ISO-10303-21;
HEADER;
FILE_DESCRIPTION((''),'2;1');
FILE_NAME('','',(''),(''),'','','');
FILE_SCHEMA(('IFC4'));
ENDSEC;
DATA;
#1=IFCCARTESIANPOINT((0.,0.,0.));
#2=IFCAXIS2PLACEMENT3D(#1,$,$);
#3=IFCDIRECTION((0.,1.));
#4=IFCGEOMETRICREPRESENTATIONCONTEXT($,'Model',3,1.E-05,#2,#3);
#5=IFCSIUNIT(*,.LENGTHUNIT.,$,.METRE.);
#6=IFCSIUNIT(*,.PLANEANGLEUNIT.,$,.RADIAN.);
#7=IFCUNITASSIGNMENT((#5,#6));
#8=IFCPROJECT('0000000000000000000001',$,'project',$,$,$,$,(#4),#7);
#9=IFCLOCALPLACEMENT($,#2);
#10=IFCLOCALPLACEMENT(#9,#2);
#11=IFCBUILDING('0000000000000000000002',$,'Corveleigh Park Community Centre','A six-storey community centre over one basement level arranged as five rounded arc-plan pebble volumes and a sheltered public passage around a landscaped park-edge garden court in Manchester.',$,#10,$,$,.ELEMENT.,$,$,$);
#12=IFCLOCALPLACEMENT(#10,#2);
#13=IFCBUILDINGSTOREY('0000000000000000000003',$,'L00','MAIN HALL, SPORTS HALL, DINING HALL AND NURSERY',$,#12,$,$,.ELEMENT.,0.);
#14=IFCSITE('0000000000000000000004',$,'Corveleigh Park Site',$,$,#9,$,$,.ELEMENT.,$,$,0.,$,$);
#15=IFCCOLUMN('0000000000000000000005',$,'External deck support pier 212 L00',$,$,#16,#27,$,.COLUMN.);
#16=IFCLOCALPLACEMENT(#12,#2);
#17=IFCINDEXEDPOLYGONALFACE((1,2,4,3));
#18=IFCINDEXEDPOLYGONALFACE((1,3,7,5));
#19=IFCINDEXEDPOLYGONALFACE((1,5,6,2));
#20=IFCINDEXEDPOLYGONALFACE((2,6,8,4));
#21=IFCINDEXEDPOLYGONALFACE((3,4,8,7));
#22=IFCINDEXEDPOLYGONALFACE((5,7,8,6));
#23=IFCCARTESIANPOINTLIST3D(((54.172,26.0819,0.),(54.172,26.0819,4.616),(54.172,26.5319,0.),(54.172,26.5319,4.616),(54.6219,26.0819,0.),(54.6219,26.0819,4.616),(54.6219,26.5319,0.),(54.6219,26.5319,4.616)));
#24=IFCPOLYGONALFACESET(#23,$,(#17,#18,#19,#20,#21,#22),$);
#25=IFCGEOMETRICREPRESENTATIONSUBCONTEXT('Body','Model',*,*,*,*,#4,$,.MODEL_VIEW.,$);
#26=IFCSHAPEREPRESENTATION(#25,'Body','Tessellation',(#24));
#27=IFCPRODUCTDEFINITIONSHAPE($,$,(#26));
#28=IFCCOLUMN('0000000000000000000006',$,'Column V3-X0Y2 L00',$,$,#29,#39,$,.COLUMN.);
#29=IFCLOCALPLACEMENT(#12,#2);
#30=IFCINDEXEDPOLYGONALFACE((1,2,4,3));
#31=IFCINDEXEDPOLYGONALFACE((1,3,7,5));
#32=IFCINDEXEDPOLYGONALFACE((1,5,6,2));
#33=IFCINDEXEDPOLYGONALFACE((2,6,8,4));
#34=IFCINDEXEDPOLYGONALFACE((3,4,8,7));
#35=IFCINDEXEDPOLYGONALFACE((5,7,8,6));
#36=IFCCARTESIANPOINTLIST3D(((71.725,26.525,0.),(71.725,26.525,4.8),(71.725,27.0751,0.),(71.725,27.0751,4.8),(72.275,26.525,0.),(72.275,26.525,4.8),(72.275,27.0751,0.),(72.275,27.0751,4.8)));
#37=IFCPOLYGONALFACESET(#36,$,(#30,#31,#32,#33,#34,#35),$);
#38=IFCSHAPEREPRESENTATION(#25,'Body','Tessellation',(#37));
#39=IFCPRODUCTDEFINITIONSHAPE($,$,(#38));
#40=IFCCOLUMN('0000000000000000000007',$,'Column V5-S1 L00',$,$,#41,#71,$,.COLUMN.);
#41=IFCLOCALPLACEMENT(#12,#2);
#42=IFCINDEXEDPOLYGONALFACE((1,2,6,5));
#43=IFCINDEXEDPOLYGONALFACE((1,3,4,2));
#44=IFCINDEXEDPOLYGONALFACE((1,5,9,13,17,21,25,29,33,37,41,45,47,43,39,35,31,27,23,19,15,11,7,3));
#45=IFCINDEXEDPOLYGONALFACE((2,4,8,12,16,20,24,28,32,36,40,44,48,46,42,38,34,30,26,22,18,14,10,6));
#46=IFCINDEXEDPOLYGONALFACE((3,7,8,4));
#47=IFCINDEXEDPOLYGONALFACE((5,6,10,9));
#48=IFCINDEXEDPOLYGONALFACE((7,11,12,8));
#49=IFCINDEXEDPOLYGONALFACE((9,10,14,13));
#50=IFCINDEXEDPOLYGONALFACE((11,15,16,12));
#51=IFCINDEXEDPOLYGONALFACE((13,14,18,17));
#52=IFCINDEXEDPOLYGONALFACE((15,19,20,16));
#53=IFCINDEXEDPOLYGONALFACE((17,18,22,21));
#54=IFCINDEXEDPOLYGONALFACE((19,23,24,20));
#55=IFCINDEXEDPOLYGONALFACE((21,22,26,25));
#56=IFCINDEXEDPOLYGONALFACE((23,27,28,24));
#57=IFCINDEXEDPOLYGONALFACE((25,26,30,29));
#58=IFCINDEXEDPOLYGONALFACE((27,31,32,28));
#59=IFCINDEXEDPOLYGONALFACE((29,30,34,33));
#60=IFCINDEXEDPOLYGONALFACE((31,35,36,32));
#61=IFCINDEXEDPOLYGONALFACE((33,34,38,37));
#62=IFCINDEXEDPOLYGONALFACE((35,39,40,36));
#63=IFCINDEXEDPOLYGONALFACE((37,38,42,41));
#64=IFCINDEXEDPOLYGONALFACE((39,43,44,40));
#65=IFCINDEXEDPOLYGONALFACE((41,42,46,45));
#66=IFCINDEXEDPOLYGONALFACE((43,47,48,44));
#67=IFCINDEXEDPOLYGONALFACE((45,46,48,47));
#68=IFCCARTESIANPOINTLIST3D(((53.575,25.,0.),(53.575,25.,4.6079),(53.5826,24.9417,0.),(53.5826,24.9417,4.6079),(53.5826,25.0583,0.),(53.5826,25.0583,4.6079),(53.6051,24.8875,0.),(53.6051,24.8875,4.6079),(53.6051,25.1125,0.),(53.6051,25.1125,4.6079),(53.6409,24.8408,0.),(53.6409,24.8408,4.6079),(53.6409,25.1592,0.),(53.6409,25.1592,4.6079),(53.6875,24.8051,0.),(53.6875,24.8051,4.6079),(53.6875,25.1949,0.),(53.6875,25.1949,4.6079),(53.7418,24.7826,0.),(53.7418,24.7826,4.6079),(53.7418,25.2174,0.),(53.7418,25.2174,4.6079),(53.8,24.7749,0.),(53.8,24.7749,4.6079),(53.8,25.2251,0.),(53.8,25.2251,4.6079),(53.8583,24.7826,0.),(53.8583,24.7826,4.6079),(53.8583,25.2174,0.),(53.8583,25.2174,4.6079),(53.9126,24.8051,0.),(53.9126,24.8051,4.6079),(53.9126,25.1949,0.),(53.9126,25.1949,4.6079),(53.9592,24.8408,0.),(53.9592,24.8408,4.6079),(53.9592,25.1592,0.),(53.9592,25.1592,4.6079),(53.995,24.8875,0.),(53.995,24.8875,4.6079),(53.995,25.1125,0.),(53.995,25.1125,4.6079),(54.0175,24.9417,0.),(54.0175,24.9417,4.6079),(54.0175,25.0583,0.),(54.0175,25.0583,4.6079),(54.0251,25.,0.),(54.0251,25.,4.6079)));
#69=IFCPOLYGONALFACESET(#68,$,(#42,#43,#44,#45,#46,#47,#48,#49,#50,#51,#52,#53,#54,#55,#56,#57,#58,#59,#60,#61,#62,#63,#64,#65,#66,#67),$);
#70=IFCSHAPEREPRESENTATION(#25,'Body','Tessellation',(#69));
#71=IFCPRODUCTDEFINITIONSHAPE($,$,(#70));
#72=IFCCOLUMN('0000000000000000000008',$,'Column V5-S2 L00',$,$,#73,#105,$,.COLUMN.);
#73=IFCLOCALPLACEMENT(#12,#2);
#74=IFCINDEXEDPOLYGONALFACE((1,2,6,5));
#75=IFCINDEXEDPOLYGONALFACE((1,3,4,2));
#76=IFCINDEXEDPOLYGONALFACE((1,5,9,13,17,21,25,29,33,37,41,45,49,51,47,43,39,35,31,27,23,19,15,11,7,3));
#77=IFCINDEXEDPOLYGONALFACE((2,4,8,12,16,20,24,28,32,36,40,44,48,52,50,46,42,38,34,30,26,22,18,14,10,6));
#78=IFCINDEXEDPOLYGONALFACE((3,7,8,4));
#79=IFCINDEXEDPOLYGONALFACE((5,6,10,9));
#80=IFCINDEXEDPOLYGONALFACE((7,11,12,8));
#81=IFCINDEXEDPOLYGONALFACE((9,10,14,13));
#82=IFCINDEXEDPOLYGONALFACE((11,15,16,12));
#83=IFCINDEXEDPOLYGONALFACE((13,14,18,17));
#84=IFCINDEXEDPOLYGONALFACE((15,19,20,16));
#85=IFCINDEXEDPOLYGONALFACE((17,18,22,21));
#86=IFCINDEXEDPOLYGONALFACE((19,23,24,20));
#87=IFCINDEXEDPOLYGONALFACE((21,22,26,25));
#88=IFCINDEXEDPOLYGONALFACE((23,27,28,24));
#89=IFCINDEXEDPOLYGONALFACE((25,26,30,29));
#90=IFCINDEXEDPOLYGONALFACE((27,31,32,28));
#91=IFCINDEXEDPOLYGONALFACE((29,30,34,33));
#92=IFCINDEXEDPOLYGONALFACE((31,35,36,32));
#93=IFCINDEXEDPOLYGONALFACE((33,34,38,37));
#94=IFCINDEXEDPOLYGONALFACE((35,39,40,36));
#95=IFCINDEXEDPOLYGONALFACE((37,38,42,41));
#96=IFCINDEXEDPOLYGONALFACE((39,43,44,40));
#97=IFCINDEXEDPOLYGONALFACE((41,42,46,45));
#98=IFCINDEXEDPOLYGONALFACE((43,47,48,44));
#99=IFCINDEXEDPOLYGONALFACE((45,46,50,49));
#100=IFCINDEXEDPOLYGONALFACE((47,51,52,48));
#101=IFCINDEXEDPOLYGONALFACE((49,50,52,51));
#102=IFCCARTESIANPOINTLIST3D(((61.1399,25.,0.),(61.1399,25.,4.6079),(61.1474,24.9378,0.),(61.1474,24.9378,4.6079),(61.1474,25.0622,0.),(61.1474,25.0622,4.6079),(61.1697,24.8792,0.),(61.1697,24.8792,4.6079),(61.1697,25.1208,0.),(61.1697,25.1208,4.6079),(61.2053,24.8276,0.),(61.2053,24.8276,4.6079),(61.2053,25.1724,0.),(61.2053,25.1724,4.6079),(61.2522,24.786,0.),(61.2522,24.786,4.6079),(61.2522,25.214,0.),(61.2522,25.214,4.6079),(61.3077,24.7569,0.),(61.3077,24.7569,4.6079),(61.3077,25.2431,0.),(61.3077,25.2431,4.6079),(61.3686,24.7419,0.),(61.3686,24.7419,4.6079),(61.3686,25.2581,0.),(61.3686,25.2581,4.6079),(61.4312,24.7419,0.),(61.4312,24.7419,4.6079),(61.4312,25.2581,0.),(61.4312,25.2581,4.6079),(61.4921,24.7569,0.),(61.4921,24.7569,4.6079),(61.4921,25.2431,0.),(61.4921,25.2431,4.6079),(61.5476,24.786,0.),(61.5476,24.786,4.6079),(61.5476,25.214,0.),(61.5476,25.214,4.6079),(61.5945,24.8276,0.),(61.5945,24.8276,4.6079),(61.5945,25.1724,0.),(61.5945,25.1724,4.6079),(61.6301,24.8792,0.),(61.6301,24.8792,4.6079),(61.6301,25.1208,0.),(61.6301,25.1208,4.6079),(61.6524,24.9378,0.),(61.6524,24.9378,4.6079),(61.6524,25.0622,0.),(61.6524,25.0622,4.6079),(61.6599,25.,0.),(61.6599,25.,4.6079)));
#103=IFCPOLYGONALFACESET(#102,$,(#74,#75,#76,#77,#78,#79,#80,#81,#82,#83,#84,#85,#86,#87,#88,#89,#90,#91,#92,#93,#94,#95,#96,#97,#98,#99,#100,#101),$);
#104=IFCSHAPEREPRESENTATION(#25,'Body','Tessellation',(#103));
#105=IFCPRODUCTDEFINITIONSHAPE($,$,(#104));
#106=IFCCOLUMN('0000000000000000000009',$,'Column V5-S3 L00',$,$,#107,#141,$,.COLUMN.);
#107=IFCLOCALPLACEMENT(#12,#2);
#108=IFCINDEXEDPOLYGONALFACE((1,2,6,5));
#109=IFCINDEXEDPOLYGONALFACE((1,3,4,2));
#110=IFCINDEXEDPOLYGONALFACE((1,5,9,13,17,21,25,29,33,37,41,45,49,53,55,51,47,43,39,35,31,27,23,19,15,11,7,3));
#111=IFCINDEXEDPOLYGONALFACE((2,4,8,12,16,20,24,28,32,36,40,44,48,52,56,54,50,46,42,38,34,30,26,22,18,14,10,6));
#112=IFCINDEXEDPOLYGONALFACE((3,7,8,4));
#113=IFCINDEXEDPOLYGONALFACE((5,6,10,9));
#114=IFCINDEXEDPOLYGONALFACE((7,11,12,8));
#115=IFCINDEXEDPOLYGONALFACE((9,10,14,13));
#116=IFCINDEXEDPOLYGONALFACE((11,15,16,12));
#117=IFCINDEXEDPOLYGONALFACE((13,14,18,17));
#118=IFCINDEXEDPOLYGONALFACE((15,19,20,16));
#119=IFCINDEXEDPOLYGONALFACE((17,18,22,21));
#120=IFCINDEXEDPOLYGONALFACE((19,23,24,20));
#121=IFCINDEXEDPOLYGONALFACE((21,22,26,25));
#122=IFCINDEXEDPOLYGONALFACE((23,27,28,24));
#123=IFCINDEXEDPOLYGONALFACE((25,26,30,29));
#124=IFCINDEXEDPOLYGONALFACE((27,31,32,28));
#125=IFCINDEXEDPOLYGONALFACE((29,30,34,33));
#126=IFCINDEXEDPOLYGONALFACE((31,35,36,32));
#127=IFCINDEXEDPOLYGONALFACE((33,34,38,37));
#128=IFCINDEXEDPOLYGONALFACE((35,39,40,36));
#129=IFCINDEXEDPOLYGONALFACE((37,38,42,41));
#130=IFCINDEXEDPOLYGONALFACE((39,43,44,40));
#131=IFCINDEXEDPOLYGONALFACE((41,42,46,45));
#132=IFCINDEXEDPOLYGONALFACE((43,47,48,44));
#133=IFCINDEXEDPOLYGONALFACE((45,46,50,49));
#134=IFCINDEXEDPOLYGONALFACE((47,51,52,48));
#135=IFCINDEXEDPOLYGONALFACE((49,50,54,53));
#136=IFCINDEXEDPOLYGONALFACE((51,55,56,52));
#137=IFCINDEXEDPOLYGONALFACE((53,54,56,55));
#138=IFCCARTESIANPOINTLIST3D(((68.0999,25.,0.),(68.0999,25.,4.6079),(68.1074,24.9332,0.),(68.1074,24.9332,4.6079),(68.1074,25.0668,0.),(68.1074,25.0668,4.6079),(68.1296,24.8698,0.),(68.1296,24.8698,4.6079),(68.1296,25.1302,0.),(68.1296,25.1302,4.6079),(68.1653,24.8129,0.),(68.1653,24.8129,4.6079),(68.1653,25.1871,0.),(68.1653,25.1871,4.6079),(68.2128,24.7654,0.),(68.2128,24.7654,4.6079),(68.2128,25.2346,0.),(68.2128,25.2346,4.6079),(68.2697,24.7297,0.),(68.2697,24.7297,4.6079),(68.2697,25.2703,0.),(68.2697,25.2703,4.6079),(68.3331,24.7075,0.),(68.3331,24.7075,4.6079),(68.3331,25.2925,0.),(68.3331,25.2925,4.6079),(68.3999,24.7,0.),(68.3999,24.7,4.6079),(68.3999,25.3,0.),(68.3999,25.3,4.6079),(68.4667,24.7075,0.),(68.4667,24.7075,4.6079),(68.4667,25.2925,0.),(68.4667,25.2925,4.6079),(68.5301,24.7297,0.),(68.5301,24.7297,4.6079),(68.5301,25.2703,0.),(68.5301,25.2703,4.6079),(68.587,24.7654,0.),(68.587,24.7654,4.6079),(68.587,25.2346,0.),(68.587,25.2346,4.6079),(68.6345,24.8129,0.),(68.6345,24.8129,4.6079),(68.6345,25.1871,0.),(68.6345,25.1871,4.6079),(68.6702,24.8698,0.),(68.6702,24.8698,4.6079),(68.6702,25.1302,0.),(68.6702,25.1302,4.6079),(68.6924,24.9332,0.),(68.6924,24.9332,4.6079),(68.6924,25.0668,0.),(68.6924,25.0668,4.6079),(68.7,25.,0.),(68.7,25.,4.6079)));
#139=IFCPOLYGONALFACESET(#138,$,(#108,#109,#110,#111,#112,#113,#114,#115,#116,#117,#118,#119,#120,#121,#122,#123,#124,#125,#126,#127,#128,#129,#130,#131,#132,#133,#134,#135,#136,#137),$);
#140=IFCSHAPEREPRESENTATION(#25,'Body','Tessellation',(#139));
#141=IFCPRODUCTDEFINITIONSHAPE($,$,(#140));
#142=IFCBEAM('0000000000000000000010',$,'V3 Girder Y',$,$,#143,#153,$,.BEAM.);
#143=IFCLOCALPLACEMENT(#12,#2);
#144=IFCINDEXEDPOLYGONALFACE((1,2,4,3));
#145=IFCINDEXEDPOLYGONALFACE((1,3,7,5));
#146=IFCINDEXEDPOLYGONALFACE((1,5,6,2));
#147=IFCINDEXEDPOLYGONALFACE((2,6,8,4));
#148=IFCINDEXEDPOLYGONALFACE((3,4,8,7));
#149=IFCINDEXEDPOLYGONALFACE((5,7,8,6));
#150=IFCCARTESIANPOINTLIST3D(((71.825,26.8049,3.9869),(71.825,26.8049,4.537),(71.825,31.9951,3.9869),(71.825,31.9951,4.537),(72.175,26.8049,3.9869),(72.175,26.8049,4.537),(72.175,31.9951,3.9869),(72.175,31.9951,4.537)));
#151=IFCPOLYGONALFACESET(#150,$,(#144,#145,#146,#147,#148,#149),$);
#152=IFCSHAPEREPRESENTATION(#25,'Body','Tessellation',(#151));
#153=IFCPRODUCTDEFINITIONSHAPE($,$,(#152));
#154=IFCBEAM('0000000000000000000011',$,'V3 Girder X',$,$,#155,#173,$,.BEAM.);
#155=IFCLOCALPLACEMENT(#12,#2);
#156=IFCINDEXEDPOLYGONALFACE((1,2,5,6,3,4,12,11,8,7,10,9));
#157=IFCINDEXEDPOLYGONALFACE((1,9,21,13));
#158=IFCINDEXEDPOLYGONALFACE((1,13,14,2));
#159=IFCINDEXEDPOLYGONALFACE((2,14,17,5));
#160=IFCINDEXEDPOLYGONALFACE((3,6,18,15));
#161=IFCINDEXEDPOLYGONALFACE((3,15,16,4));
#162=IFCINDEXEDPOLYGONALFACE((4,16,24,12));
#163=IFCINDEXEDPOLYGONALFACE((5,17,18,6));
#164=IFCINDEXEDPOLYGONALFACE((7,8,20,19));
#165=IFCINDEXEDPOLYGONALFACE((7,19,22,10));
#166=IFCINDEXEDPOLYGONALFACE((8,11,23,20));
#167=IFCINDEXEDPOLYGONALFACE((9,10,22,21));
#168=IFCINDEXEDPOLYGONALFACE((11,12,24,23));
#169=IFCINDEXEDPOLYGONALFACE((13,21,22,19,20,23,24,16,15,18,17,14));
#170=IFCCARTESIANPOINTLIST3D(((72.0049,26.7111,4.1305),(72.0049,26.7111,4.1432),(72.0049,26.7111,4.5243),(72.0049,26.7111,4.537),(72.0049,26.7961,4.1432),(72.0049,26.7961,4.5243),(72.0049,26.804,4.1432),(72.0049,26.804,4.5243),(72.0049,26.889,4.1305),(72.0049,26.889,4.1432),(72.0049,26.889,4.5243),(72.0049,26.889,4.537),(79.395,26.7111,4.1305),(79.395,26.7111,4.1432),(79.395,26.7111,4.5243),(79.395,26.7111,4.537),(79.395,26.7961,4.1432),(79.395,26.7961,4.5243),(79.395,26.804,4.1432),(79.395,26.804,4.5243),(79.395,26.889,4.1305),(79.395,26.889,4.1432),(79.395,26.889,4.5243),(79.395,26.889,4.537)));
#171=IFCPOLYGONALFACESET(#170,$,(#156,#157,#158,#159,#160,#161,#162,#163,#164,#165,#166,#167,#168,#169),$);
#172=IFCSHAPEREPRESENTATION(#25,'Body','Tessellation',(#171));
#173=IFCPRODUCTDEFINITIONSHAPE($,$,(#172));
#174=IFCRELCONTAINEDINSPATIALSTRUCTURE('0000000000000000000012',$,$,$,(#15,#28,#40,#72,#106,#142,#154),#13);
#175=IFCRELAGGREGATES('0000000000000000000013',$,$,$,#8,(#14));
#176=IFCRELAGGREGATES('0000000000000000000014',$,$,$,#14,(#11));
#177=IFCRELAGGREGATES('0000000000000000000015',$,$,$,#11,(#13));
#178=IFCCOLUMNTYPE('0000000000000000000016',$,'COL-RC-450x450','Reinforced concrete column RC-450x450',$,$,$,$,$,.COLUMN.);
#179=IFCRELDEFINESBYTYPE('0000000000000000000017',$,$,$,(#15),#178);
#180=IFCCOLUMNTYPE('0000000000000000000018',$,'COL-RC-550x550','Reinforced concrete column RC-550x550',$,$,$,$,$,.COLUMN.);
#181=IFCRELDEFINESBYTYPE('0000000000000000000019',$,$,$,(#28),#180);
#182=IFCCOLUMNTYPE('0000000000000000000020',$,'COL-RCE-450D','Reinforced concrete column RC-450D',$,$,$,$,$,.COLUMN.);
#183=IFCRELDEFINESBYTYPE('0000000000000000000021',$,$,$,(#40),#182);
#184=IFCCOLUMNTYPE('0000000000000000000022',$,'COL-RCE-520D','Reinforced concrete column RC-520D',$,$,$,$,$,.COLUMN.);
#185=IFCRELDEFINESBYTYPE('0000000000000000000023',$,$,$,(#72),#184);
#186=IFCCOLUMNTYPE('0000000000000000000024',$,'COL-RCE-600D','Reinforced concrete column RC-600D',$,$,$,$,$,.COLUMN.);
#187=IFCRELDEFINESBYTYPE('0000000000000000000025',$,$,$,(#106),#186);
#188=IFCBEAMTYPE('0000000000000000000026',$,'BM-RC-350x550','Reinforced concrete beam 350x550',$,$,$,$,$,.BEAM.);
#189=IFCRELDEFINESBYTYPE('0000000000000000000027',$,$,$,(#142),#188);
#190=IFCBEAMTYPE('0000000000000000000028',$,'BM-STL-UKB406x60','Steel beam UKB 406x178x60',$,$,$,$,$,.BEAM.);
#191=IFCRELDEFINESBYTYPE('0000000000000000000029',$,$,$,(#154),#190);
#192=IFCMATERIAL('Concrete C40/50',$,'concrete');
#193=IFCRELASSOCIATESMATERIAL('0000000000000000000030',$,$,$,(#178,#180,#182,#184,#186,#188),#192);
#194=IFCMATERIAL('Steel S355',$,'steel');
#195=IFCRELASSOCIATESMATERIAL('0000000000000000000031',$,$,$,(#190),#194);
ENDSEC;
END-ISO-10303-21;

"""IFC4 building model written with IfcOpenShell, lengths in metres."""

from ifc_helpers import new_model, si_unit, direction, frame, origin, origin_2d, place, context, subcontext, project, spatial, rectangle, circle, i_section, extrude, material, material_profile, profile_set, type_object, element, save


model = new_model("IFC4")

# Units and contexts
model_context = context("Model", 3, precision=1e-05, world=origin(), true_north=direction((0.0, 1.0)))
body_context = subcontext(model_context, "Body", "Model", "MODEL_VIEW")
ifc_project = project(units=[si_unit("LENGTHUNIT", "METRE"), si_unit("PLANEANGLEUNIT", "RADIAN")], contexts=[model_context])

# Site, building, storey
site_placement = place(None, origin())
site = spatial("IfcSite", under=ifc_project, at=site_placement, Name="Corveleigh Park Site", CompositionType="ELEMENT", RefElevation=0.0)
building_placement = place(site_placement, origin())
building = spatial("IfcBuilding", under=site, at=building_placement, Name="Corveleigh Park Community Centre", Description="A six-storey community centre over one basement level arranged as five rounded arc-plan pebble volumes and a sheltered public passage around a landscaped park-edge garden court in Manchester.", CompositionType="ELEMENT")
storey_placement = place(building_placement, origin())
storey = spatial("IfcBuildingStorey", under=building, at=storey_placement, Name="L00", Description="MAIN HALL, SPORTS HALL, DINING HALL AND NURSERY", CompositionType="ELEMENT", Elevation=0.0)

# Columns
ifc_material_1 = material(Name="Concrete C40/50", Category="concrete")
ifc_material_profile_1 = material_profile(ifc_material_1, rectangle(XDim=0.45, YDim=0.45, at=origin_2d()), Name="RC-450x450", Category="concrete")
ifc_profile_set_1 = profile_set([ifc_material_profile_1], Name="Concrete C40/50")
column_type_1 = type_object("IfcColumnType", Name="COL-RC-450x450", Description="Reinforced concrete column RC-450x450", PredefinedType="COLUMN", material=ifc_profile_set_1)
column_1_placement = place(storey_placement, frame((54.397, 26.3069, 0.0), z_axis=(0.0, 0.0, 1.0), x_axis=(1.0, 0.0, 0.0)))
element("IfcColumn", 1, at=column_1_placement, inside=storey, type_object=column_type_1, Name="External deck support pier 212 L00", PredefinedType="COLUMN", context=body_context, shape_type="SweptSolid", body=[
    extrude(rectangle(XDim=0.45, YDim=0.45, at=origin_2d()), origin(), (0.0, 0.0, 1.0), 4.616),
])
ifc_material_profile_2 = material_profile(ifc_material_1, rectangle(XDim=0.55, YDim=0.55, at=origin_2d()), Name="RC-550x550", Category="concrete")
ifc_profile_set_2 = profile_set([ifc_material_profile_2], Name="Concrete C40/50")
column_type_2 = type_object("IfcColumnType", Name="COL-RC-550x550", Description="Reinforced concrete column RC-550x550", PredefinedType="COLUMN", material=ifc_profile_set_2)
column_2_placement = place(storey_placement, frame((72.0, 26.8, 0.0), z_axis=(0.0, 0.0, 1.0), x_axis=(1.0, 0.0, 0.0)))
element("IfcColumn", 2, at=column_2_placement, inside=storey, type_object=column_type_2, Name="Column V3-X0Y2 L00", PredefinedType="COLUMN", context=body_context, shape_type="SweptSolid", body=[
    extrude(rectangle(XDim=0.55, YDim=0.55, at=origin_2d()), origin(), (0.0, 0.0, 1.0), 4.8),
])
ifc_material_profile_3 = material_profile(ifc_material_1, circle(Radius=0.2251, at=origin_2d()), Name="RC-450D", Category="concrete")
ifc_profile_set_3 = profile_set([ifc_material_profile_3], Name="Concrete C40/50")
column_type_3 = type_object("IfcColumnType", Name="COL-RCE-450D", Description="Reinforced concrete column RC-450D", PredefinedType="COLUMN", material=ifc_profile_set_3)
column_3_placement = place(storey_placement, frame((53.8, 25.0, 0.0), z_axis=(0.0, 0.0, 1.0), x_axis=(1.0, 0.0, 0.0)))
element("IfcColumn", 3, at=column_3_placement, inside=storey, type_object=column_type_3, Name="Column V5-S1 L00", PredefinedType="COLUMN", context=body_context, shape_type="SweptSolid", body=[
    extrude(circle(Radius=0.2251, at=origin_2d()), origin(), (0.0, 0.0, 1.0), 4.6079),
])
ifc_material_profile_4 = material_profile(ifc_material_1, circle(Radius=0.26, at=origin_2d()), Name="RC-520D", Category="concrete")
ifc_profile_set_4 = profile_set([ifc_material_profile_4], Name="Concrete C40/50")
column_type_4 = type_object("IfcColumnType", Name="COL-RCE-520D", Description="Reinforced concrete column RC-520D", PredefinedType="COLUMN", material=ifc_profile_set_4)
column_4_placement = place(storey_placement, frame((61.3999, 25.0, 0.0), z_axis=(0.0, 0.0, 1.0), x_axis=(1.0, 0.0, 0.0)))
element("IfcColumn", 4, at=column_4_placement, inside=storey, type_object=column_type_4, Name="Column V5-S2 L00", PredefinedType="COLUMN", context=body_context, shape_type="SweptSolid", body=[
    extrude(circle(Radius=0.26, at=origin_2d()), origin(), (0.0, 0.0, 1.0), 4.6079),
])
ifc_material_profile_5 = material_profile(ifc_material_1, circle(Radius=0.3, at=origin_2d()), Name="RC-600D", Category="concrete")
ifc_profile_set_5 = profile_set([ifc_material_profile_5], Name="Concrete C40/50")
column_type_5 = type_object("IfcColumnType", Name="COL-RCE-600D", Description="Reinforced concrete column RC-600D", PredefinedType="COLUMN", material=ifc_profile_set_5)
column_5_placement = place(storey_placement, frame((68.3999, 25.0, 0.0), z_axis=(0.0, 0.0, 1.0), x_axis=(1.0, 0.0, 0.0)))
element("IfcColumn", 5, at=column_5_placement, inside=storey, type_object=column_type_5, Name="Column V5-S3 L00", PredefinedType="COLUMN", context=body_context, shape_type="SweptSolid", body=[
    extrude(circle(Radius=0.3, at=origin_2d()), origin(), (0.0, 0.0, 1.0), 4.6079),
])

# Beams
ifc_material_profile_6 = material_profile(ifc_material_1, rectangle(XDim=0.3501, YDim=0.55, at=origin_2d()), Name="RC-350x550", Category="concrete")
ifc_profile_set_6 = profile_set([ifc_material_profile_6], Name="Concrete C40/50")
beam_type_1 = type_object("IfcBeamType", Name="BM-RC-350x550", Description="Reinforced concrete beam 350x550", PredefinedType="BEAM", material=ifc_profile_set_6)
beam_1_placement = place(storey_placement, frame((72.0, 26.8049, 4.262), z_axis=(0.0, 1.0, 0.0), x_axis=(-1.0, 0.0, 0.0)))
element("IfcBeam", 6, at=beam_1_placement, inside=storey, type_object=beam_type_1, Name="V3 Girder Y", PredefinedType="BEAM", context=body_context, shape_type="SweptSolid", body=[
    extrude(rectangle(XDim=0.3501, YDim=0.55, at=origin_2d()), origin(), (0.0, 0.0, 1.0), 5.1902),
])
ifc_material_2 = material(Name="Steel S355", Category="steel")
ifc_material_profile_7 = material_profile(ifc_material_2, i_section(OverallWidth=0.178, OverallDepth=0.4065, WebThickness=0.0078, FlangeThickness=0.0127, at=origin_2d()), Name="UKB 406x178x60", Category="steel")
ifc_profile_set_7 = profile_set([ifc_material_profile_7], Name="Steel S355")
beam_type_2 = type_object("IfcBeamType", Name="BM-STL-UKB406x60", Description="Steel beam UKB 406x178x60", PredefinedType="BEAM", material=ifc_profile_set_7)
beam_2_placement = place(storey_placement, frame((72.0049, 26.8, 4.3337), z_axis=(1.0, 0.0, 0.0), x_axis=(0.0, 1.0, 0.0)))
element("IfcBeam", 7, at=beam_2_placement, inside=storey, type_object=beam_type_2, Name="V3 Girder X", PredefinedType="BEAM", context=body_context, shape_type="SweptSolid", body=[
    extrude(i_section(OverallWidth=0.178, OverallDepth=0.4065, WebThickness=0.0078, FlangeThickness=0.0127, at=origin_2d()), origin(), (0.0, 0.0, 1.0), 7.3901),
])

save(model, "model.ifc")
